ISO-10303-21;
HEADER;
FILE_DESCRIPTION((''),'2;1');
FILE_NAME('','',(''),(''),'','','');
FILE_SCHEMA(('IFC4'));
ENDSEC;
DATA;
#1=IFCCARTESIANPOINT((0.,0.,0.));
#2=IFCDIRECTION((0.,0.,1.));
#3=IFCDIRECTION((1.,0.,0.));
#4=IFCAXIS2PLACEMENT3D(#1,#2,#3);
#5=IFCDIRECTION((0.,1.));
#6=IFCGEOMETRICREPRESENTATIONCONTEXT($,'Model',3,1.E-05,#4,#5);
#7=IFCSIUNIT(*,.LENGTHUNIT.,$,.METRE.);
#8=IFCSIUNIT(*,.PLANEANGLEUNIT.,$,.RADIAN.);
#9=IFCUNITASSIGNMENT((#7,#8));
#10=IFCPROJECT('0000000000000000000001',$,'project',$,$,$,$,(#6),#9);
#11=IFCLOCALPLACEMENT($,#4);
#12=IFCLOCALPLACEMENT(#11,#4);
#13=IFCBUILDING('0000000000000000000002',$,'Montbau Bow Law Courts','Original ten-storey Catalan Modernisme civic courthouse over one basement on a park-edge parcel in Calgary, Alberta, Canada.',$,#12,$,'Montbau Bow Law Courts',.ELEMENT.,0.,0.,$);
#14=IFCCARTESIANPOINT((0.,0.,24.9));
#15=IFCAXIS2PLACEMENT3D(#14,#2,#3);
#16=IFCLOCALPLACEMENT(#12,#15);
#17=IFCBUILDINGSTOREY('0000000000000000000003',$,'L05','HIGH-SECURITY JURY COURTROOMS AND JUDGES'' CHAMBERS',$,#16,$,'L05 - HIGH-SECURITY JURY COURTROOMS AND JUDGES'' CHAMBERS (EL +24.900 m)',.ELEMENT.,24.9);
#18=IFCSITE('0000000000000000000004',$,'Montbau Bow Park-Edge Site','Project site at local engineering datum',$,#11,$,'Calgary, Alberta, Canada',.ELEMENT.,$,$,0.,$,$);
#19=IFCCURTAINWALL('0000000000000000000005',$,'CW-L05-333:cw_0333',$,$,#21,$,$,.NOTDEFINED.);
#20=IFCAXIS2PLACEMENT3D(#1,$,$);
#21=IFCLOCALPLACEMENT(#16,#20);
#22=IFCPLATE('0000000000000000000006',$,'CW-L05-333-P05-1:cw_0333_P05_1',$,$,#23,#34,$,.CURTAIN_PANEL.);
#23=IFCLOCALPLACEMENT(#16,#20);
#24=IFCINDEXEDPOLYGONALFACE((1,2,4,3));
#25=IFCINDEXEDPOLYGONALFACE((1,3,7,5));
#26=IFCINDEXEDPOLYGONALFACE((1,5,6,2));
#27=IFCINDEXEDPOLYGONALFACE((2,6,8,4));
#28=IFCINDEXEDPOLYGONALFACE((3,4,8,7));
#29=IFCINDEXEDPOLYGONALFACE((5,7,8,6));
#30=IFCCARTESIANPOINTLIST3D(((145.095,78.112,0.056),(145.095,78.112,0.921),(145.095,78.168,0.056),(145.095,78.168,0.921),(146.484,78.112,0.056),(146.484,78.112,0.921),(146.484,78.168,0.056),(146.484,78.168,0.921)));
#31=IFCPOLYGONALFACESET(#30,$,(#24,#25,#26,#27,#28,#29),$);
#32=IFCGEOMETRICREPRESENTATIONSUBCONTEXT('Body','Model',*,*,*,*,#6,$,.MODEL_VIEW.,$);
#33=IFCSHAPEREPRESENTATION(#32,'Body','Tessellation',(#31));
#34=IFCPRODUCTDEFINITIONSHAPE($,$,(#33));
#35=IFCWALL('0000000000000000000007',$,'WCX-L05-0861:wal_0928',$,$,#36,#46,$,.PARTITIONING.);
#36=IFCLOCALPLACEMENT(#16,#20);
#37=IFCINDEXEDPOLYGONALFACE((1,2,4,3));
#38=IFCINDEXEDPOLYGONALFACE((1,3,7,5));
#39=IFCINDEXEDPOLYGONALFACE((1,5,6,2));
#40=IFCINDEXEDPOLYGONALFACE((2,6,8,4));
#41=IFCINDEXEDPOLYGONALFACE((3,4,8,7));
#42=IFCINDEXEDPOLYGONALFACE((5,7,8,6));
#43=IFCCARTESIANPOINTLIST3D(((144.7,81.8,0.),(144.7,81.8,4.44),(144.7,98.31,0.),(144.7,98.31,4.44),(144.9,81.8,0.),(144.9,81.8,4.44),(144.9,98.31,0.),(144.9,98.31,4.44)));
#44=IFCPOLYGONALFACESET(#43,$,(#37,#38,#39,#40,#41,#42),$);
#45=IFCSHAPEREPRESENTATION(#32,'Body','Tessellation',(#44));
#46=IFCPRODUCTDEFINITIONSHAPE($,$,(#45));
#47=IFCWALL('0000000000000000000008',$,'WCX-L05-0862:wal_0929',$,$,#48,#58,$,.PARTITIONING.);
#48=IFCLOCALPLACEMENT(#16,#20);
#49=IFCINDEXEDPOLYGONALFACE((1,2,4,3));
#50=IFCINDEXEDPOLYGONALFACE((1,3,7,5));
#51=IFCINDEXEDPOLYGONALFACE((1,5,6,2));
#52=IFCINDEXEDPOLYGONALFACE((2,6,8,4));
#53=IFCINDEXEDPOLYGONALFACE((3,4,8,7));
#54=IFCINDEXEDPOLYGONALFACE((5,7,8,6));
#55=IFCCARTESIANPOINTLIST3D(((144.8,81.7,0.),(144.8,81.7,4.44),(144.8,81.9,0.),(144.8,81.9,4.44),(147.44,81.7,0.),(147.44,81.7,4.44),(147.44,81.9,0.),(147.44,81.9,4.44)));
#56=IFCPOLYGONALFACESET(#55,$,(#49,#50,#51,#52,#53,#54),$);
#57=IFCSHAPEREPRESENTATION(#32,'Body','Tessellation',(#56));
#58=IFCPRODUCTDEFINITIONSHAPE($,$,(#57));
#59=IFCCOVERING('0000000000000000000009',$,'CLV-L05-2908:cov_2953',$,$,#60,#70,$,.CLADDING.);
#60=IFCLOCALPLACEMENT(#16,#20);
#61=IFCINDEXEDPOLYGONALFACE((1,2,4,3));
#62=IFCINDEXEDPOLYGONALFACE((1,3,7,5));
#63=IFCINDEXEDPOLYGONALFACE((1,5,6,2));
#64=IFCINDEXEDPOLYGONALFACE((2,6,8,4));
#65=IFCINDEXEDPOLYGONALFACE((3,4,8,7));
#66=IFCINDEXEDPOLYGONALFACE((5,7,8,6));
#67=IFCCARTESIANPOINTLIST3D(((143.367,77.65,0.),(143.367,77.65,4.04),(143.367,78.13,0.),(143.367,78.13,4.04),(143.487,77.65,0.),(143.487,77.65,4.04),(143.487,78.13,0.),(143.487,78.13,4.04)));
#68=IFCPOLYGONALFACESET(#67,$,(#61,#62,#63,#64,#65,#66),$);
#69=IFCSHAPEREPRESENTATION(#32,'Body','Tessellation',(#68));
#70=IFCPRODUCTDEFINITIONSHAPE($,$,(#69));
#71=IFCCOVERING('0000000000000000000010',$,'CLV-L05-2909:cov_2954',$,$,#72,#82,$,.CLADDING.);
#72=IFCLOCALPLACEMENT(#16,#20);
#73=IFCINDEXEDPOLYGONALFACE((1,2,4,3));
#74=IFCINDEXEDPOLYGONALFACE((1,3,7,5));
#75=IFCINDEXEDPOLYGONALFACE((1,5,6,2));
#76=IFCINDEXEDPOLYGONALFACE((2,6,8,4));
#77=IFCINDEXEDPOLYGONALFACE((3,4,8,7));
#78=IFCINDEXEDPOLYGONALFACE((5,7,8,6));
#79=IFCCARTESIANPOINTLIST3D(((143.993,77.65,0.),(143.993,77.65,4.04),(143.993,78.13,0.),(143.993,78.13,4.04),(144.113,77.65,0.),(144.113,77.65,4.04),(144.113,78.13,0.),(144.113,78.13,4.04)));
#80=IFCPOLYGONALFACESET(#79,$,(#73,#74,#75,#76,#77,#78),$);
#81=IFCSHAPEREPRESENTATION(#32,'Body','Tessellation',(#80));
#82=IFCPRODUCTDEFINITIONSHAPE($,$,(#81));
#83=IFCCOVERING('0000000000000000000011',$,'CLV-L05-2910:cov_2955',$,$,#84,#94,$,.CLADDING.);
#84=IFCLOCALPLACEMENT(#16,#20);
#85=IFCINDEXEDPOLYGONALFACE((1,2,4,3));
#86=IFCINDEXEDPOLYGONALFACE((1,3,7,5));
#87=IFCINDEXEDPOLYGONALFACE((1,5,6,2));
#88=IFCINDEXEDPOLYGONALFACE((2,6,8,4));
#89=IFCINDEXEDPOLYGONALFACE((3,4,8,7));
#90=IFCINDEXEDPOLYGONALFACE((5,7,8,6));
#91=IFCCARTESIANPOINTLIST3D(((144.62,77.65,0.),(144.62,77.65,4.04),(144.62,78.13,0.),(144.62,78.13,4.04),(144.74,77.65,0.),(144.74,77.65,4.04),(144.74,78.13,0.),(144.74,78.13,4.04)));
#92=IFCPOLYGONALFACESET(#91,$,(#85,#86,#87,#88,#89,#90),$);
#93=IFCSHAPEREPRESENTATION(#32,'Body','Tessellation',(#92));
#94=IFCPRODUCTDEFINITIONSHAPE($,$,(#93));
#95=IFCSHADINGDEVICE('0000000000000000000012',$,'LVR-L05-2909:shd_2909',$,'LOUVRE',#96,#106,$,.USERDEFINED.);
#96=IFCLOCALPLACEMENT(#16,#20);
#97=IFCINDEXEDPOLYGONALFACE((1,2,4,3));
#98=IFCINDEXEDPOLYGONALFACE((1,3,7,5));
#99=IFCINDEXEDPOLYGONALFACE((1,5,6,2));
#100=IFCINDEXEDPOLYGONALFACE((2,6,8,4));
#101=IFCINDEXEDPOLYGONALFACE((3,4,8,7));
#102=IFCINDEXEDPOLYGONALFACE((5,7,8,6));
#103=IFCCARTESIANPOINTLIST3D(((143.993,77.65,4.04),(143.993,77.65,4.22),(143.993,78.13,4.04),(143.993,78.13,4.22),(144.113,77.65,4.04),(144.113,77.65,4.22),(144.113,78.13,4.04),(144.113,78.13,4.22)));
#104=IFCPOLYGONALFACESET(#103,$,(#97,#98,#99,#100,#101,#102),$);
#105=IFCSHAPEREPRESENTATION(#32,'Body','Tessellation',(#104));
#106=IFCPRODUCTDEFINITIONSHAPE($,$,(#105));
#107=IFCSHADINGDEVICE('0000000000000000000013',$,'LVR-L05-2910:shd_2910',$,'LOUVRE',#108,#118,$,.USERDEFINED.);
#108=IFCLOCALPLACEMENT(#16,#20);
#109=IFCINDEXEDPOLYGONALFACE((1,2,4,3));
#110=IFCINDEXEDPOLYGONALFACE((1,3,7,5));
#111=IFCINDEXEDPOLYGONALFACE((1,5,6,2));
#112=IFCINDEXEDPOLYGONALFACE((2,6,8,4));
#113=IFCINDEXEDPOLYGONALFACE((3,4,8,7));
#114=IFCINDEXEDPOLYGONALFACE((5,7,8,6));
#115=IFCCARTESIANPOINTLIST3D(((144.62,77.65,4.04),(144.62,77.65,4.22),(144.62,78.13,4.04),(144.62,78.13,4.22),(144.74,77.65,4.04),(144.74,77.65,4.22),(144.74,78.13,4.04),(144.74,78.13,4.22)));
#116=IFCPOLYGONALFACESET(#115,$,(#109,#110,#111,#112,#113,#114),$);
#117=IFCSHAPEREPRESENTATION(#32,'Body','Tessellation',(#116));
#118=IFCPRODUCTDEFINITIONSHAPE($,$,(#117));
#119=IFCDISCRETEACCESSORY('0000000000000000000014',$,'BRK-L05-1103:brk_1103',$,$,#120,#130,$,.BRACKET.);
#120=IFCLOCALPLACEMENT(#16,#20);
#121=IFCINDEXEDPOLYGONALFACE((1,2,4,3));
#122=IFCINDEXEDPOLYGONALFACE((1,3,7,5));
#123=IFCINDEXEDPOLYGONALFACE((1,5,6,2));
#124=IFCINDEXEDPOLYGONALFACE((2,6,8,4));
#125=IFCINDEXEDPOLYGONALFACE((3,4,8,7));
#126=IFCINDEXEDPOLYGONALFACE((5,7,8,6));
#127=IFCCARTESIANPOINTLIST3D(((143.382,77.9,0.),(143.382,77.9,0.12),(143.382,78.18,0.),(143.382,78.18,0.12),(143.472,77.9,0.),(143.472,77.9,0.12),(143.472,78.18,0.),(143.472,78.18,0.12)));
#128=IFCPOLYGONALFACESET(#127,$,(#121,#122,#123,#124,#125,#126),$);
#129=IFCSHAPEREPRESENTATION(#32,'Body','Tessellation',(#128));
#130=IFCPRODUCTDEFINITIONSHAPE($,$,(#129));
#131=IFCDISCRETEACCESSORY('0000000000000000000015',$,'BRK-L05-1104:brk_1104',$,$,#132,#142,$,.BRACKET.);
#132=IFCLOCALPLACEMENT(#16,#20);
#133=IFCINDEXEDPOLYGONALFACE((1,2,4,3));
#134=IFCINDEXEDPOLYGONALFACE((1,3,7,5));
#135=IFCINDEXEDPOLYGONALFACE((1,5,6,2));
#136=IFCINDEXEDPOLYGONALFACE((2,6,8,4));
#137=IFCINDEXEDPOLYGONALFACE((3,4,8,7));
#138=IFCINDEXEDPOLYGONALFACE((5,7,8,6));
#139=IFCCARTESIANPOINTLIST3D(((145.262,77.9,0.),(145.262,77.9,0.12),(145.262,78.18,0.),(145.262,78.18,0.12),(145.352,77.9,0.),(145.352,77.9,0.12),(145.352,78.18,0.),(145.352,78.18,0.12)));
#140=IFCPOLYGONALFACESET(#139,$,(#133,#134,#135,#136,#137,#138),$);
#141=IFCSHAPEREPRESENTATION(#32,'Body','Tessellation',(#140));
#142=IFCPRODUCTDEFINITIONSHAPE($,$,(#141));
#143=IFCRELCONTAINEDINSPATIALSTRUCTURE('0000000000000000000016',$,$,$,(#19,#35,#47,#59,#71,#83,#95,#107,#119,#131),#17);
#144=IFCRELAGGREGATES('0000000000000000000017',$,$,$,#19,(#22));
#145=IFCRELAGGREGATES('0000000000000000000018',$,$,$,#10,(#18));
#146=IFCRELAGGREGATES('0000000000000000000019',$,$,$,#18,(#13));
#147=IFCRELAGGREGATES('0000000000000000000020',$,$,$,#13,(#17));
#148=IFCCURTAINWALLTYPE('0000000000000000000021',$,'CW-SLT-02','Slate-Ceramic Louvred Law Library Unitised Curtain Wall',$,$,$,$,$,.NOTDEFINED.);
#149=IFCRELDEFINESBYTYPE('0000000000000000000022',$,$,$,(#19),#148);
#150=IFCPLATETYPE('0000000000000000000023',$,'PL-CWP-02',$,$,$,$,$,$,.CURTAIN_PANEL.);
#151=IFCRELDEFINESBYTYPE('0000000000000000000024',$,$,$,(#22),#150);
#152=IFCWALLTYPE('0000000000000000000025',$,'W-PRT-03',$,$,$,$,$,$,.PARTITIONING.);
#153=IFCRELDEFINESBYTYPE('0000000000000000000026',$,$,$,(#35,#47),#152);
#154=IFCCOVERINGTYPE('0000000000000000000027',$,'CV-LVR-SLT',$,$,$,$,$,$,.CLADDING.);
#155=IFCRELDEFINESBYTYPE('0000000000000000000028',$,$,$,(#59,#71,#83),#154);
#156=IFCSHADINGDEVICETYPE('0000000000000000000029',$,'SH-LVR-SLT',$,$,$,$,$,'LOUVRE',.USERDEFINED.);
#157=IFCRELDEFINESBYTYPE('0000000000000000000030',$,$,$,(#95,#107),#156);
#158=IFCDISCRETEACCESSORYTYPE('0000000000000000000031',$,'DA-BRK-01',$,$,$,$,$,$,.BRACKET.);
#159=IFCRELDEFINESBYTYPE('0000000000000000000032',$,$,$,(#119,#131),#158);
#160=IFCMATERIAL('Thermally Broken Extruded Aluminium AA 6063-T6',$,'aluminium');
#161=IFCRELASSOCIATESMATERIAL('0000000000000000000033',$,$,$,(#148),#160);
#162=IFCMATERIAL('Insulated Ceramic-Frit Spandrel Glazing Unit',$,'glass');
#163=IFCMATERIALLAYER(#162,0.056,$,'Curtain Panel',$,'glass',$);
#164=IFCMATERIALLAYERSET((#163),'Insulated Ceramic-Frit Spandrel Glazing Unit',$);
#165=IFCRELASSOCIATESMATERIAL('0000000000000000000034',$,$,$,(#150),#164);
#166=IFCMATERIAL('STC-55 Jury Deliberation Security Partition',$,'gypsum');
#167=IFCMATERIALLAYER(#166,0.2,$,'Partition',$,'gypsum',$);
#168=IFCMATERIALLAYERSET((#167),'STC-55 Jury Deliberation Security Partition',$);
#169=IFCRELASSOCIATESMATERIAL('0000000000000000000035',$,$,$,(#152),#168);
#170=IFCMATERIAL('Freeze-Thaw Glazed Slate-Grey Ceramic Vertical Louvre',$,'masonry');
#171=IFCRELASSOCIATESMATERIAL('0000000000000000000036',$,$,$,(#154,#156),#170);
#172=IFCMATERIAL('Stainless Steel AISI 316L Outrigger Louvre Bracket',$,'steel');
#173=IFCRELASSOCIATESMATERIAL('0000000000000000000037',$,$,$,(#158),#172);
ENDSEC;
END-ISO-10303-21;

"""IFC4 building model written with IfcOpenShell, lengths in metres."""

from ifc_helpers import new_model, si_unit, direction, frame, frame_2d, origin_with_axes, origin_2d_with_axis, place, context, subcontext, project, spatial, rectangle, extrude, material, layer, layer_set, type_object, element, aggregate, save


model = new_model("IFC4")

# Units and contexts
model_context = context("Model", 3, precision=1e-05, world=origin_with_axes(), true_north=direction((0.0, 1.0)))
body_context = subcontext(model_context, "Body", "Model", "MODEL_VIEW")
ifc_project = project(units=[si_unit("LENGTHUNIT", "METRE"), si_unit("PLANEANGLEUNIT", "RADIAN")], contexts=[model_context])

# Site, building, storey
site_placement = place(None, origin_with_axes())
site = spatial("IfcSite", under=ifc_project, at=site_placement, Name="Montbau Bow Park-Edge Site", Description="Project site at local engineering datum", LongName="Calgary, Alberta, Canada", CompositionType="ELEMENT", RefElevation=0.0)
building_placement = place(site_placement, origin_with_axes())
building = spatial("IfcBuilding", under=site, at=building_placement, Name="Montbau Bow Law Courts", Description="Original ten-storey Catalan Modernisme civic courthouse over one basement on a park-edge parcel in Calgary, Alberta, Canada.", LongName="Montbau Bow Law Courts", CompositionType="ELEMENT", ElevationOfRefHeight=0.0, ElevationOfTerrain=0.0)
storey_placement = place(building_placement, frame((0.0, 0.0, 24.9), z_axis=(0.0, 0.0, 1.0), x_axis=(1.0, 0.0, 0.0)))
storey = spatial("IfcBuildingStorey", under=building, at=storey_placement, Name="L05", Description="HIGH-SECURITY JURY COURTROOMS AND JUDGES' CHAMBERS", LongName="L05 - HIGH-SECURITY JURY COURTROOMS AND JUDGES' CHAMBERS (EL +24.900 m)", CompositionType="ELEMENT", Elevation=24.9)

# Curtain wall, plate
ifc_material_1 = material(Name="Thermally Broken Extruded Aluminium AA 6063-T6", Category="aluminium")
curtain_wall_type = type_object("IfcCurtainWallType", Name="CW-SLT-02", Description="Slate-Ceramic Louvred Law Library Unitised Curtain Wall", PredefinedType="NOTDEFINED", material=ifc_material_1)
curtain_wall_placement = place(None, frame((139.04, 78.14, 24.9), z_axis=(0.0, 0.0, 1.0), x_axis=(1.0, 0.0, 0.0)))
curtain_wall = element("IfcCurtainWall", 1, at=curtain_wall_placement, inside=storey, type_object=curtain_wall_type, Name="CW-L05-333:cw_0333", PredefinedType="NOTDEFINED")
ifc_material_2 = material(Name="Insulated Ceramic-Frit Spandrel Glazing Unit", Category="glass")
ifc_layer_1 = layer(ifc_material_2, 0.056, Name="Curtain Panel", Category="glass")
ifc_layer_set_1 = layer_set([ifc_layer_1], Name="Insulated Ceramic-Frit Spandrel Glazing Unit")
plate_type_1 = type_object("IfcPlateType", Name="PL-CWP-02", PredefinedType="CURTAIN_PANEL", material=ifc_layer_set_1)
plate_1_placement = place(None, frame((145.095, 78.14, 24.956), z_axis=(0.0, -1.0, 0.0), x_axis=(1.0, 0.0, 0.0)))
plate_1 = element("IfcPlate", 2, at=plate_1_placement, type_object=plate_type_1, Name="CW-L05-333-P05-1:cw_0333_P05_1", PredefinedType="CURTAIN_PANEL", context=body_context, shape_type="SweptSolid", body=[
    extrude(rectangle(XDim=1.389, YDim=0.865, at=frame_2d((0.6945, 0.4325), x_axis=(1.0, 0.0))), frame((0.0, 0.0, -0.028), z_axis=(0.0, 0.0, 1.0), x_axis=(1.0, 0.0, 0.0)), (0.0, 0.0, 1.0), 0.056),
])
aggregate(curtain_wall, [plate_1])

# Walls
ifc_material_3 = material(Name="STC-55 Jury Deliberation Security Partition", Category="gypsum")
ifc_layer_2 = layer(ifc_material_3, 0.2, Name="Partition", Category="gypsum")
ifc_layer_set_2 = layer_set([ifc_layer_2], Name="STC-55 Jury Deliberation Security Partition")
wall_type = type_object("IfcWallType", Name="W-PRT-03", PredefinedType="PARTITIONING", material=ifc_layer_set_2)
wall_1_placement = place(None, frame((144.8, 81.8, 24.9), z_axis=(0.0, 0.0, 1.0), x_axis=(0.0, 1.0, 0.0)))
element("IfcWall", 3, at=wall_1_placement, inside=storey, type_object=wall_type, Name="WCX-L05-0861:wal_0928", PredefinedType="PARTITIONING", context=body_context, shape_type="SweptSolid", body=[
    extrude(rectangle(XDim=16.51, YDim=0.2, at=frame_2d((8.255, 0.0), x_axis=(1.0, 0.0))), origin_with_axes(), (0.0, 0.0, 1.0), 4.44),
])
wall_2_placement = place(None, frame((144.8, 81.8, 24.9), z_axis=(0.0, 0.0, 1.0), x_axis=(1.0, 0.0, 0.0)))
element("IfcWall", 4, at=wall_2_placement, inside=storey, type_object=wall_type, Name="WCX-L05-0862:wal_0929", PredefinedType="PARTITIONING", context=body_context, shape_type="SweptSolid", body=[
    extrude(rectangle(XDim=2.64, YDim=0.2, at=frame_2d((1.32, 0.0), x_axis=(1.0, 0.0))), origin_with_axes(), (0.0, 0.0, 1.0), 4.44),
])

# Coverings
ifc_material_4 = material(Name="Freeze-Thaw Glazed Slate-Grey Ceramic Vertical Louvre", Category="masonry")
covering_type = type_object("IfcCoveringType", Name="CV-LVR-SLT", PredefinedType="CLADDING", material=ifc_material_4)
for number, where, z_axis, x_axis, name in (
    (5, (143.427, 78.13, 24.9), (-1.0, 0.0, 0.0), (0.0, -1.0, 0.0), "CLV-L05-2908:cov_2953"),
    (6, (144.053, 78.13, 24.9), (-1.0, 0.0, 0.0), (0.0, -1.0, 0.0), "CLV-L05-2909:cov_2954"),
    (7, (144.68, 78.13, 24.9), (-1.0, 0.0, 0.0), (0.0, -1.0, 0.0), "CLV-L05-2910:cov_2955"),
):
    element("IfcCovering", number, at=place(None, frame(where, z_axis=z_axis, x_axis=x_axis)), inside=storey, type_object=covering_type, Name=name, PredefinedType="CLADDING", context=body_context, shape_type="SweptSolid", body=[
        extrude(rectangle(XDim=0.48, YDim=4.04, at=frame_2d((0.24, 2.02), x_axis=(1.0, 0.0))), frame((0.0, 0.0, -0.06), z_axis=(0.0, 0.0, 1.0), x_axis=(1.0, 0.0, 0.0)), (0.0, 0.0, 1.0), 0.12),
    ])

# Shading devices
shading_device_type = type_object("IfcShadingDeviceType", Name="SH-LVR-SLT", ElementType="LOUVRE", PredefinedType="USERDEFINED", material=ifc_material_4)
for number, where, z_axis, x_axis, name in (
    (8, (144.053, 77.89, 28.94), (0.0, 0.0, 1.0), (0.0, -1.0, 0.0), "LVR-L05-2909:shd_2909"),
    (9, (144.68, 77.89, 28.94), (0.0, 0.0, 1.0), (0.0, -1.0, 0.0), "LVR-L05-2910:shd_2910"),
):
    element("IfcShadingDevice", number, at=place(None, frame(where, z_axis=z_axis, x_axis=x_axis)), inside=storey, type_object=shading_device_type, Name=name, ObjectType="LOUVRE", PredefinedType="USERDEFINED", context=body_context, shape_type="SweptSolid", body=[
        extrude(rectangle(XDim=0.48, YDim=0.12, at=origin_2d_with_axis()), origin_with_axes(), (0.0, 0.0, 1.0), 0.18),
    ])

# Discrete accessories
ifc_material_5 = material(Name="Stainless Steel AISI 316L Outrigger Louvre Bracket", Category="steel")
discrete_accessory_type = type_object("IfcDiscreteAccessoryType", Name="DA-BRK-01", PredefinedType="BRACKET", material=ifc_material_5)
for number, where, z_axis, x_axis, name in (
    (10, (143.427, 78.04, 24.9), (0.0, 0.0, 1.0), (0.0, -1.0, 0.0), "BRK-L05-1103:brk_1103"),
    (11, (145.307, 78.04, 24.9), (0.0, 0.0, 1.0), (0.0, -1.0, 0.0), "BRK-L05-1104:brk_1104"),
):
    element("IfcDiscreteAccessory", number, at=place(None, frame(where, z_axis=z_axis, x_axis=x_axis)), inside=storey, type_object=discrete_accessory_type, Name=name, PredefinedType="BRACKET", context=body_context, shape_type="SweptSolid", body=[
        extrude(rectangle(XDim=0.28, YDim=0.09, at=origin_2d_with_axis()), origin_with_axes(), (0.0, 0.0, 1.0), 0.12),
    ])

save(model, "model.ifc")
